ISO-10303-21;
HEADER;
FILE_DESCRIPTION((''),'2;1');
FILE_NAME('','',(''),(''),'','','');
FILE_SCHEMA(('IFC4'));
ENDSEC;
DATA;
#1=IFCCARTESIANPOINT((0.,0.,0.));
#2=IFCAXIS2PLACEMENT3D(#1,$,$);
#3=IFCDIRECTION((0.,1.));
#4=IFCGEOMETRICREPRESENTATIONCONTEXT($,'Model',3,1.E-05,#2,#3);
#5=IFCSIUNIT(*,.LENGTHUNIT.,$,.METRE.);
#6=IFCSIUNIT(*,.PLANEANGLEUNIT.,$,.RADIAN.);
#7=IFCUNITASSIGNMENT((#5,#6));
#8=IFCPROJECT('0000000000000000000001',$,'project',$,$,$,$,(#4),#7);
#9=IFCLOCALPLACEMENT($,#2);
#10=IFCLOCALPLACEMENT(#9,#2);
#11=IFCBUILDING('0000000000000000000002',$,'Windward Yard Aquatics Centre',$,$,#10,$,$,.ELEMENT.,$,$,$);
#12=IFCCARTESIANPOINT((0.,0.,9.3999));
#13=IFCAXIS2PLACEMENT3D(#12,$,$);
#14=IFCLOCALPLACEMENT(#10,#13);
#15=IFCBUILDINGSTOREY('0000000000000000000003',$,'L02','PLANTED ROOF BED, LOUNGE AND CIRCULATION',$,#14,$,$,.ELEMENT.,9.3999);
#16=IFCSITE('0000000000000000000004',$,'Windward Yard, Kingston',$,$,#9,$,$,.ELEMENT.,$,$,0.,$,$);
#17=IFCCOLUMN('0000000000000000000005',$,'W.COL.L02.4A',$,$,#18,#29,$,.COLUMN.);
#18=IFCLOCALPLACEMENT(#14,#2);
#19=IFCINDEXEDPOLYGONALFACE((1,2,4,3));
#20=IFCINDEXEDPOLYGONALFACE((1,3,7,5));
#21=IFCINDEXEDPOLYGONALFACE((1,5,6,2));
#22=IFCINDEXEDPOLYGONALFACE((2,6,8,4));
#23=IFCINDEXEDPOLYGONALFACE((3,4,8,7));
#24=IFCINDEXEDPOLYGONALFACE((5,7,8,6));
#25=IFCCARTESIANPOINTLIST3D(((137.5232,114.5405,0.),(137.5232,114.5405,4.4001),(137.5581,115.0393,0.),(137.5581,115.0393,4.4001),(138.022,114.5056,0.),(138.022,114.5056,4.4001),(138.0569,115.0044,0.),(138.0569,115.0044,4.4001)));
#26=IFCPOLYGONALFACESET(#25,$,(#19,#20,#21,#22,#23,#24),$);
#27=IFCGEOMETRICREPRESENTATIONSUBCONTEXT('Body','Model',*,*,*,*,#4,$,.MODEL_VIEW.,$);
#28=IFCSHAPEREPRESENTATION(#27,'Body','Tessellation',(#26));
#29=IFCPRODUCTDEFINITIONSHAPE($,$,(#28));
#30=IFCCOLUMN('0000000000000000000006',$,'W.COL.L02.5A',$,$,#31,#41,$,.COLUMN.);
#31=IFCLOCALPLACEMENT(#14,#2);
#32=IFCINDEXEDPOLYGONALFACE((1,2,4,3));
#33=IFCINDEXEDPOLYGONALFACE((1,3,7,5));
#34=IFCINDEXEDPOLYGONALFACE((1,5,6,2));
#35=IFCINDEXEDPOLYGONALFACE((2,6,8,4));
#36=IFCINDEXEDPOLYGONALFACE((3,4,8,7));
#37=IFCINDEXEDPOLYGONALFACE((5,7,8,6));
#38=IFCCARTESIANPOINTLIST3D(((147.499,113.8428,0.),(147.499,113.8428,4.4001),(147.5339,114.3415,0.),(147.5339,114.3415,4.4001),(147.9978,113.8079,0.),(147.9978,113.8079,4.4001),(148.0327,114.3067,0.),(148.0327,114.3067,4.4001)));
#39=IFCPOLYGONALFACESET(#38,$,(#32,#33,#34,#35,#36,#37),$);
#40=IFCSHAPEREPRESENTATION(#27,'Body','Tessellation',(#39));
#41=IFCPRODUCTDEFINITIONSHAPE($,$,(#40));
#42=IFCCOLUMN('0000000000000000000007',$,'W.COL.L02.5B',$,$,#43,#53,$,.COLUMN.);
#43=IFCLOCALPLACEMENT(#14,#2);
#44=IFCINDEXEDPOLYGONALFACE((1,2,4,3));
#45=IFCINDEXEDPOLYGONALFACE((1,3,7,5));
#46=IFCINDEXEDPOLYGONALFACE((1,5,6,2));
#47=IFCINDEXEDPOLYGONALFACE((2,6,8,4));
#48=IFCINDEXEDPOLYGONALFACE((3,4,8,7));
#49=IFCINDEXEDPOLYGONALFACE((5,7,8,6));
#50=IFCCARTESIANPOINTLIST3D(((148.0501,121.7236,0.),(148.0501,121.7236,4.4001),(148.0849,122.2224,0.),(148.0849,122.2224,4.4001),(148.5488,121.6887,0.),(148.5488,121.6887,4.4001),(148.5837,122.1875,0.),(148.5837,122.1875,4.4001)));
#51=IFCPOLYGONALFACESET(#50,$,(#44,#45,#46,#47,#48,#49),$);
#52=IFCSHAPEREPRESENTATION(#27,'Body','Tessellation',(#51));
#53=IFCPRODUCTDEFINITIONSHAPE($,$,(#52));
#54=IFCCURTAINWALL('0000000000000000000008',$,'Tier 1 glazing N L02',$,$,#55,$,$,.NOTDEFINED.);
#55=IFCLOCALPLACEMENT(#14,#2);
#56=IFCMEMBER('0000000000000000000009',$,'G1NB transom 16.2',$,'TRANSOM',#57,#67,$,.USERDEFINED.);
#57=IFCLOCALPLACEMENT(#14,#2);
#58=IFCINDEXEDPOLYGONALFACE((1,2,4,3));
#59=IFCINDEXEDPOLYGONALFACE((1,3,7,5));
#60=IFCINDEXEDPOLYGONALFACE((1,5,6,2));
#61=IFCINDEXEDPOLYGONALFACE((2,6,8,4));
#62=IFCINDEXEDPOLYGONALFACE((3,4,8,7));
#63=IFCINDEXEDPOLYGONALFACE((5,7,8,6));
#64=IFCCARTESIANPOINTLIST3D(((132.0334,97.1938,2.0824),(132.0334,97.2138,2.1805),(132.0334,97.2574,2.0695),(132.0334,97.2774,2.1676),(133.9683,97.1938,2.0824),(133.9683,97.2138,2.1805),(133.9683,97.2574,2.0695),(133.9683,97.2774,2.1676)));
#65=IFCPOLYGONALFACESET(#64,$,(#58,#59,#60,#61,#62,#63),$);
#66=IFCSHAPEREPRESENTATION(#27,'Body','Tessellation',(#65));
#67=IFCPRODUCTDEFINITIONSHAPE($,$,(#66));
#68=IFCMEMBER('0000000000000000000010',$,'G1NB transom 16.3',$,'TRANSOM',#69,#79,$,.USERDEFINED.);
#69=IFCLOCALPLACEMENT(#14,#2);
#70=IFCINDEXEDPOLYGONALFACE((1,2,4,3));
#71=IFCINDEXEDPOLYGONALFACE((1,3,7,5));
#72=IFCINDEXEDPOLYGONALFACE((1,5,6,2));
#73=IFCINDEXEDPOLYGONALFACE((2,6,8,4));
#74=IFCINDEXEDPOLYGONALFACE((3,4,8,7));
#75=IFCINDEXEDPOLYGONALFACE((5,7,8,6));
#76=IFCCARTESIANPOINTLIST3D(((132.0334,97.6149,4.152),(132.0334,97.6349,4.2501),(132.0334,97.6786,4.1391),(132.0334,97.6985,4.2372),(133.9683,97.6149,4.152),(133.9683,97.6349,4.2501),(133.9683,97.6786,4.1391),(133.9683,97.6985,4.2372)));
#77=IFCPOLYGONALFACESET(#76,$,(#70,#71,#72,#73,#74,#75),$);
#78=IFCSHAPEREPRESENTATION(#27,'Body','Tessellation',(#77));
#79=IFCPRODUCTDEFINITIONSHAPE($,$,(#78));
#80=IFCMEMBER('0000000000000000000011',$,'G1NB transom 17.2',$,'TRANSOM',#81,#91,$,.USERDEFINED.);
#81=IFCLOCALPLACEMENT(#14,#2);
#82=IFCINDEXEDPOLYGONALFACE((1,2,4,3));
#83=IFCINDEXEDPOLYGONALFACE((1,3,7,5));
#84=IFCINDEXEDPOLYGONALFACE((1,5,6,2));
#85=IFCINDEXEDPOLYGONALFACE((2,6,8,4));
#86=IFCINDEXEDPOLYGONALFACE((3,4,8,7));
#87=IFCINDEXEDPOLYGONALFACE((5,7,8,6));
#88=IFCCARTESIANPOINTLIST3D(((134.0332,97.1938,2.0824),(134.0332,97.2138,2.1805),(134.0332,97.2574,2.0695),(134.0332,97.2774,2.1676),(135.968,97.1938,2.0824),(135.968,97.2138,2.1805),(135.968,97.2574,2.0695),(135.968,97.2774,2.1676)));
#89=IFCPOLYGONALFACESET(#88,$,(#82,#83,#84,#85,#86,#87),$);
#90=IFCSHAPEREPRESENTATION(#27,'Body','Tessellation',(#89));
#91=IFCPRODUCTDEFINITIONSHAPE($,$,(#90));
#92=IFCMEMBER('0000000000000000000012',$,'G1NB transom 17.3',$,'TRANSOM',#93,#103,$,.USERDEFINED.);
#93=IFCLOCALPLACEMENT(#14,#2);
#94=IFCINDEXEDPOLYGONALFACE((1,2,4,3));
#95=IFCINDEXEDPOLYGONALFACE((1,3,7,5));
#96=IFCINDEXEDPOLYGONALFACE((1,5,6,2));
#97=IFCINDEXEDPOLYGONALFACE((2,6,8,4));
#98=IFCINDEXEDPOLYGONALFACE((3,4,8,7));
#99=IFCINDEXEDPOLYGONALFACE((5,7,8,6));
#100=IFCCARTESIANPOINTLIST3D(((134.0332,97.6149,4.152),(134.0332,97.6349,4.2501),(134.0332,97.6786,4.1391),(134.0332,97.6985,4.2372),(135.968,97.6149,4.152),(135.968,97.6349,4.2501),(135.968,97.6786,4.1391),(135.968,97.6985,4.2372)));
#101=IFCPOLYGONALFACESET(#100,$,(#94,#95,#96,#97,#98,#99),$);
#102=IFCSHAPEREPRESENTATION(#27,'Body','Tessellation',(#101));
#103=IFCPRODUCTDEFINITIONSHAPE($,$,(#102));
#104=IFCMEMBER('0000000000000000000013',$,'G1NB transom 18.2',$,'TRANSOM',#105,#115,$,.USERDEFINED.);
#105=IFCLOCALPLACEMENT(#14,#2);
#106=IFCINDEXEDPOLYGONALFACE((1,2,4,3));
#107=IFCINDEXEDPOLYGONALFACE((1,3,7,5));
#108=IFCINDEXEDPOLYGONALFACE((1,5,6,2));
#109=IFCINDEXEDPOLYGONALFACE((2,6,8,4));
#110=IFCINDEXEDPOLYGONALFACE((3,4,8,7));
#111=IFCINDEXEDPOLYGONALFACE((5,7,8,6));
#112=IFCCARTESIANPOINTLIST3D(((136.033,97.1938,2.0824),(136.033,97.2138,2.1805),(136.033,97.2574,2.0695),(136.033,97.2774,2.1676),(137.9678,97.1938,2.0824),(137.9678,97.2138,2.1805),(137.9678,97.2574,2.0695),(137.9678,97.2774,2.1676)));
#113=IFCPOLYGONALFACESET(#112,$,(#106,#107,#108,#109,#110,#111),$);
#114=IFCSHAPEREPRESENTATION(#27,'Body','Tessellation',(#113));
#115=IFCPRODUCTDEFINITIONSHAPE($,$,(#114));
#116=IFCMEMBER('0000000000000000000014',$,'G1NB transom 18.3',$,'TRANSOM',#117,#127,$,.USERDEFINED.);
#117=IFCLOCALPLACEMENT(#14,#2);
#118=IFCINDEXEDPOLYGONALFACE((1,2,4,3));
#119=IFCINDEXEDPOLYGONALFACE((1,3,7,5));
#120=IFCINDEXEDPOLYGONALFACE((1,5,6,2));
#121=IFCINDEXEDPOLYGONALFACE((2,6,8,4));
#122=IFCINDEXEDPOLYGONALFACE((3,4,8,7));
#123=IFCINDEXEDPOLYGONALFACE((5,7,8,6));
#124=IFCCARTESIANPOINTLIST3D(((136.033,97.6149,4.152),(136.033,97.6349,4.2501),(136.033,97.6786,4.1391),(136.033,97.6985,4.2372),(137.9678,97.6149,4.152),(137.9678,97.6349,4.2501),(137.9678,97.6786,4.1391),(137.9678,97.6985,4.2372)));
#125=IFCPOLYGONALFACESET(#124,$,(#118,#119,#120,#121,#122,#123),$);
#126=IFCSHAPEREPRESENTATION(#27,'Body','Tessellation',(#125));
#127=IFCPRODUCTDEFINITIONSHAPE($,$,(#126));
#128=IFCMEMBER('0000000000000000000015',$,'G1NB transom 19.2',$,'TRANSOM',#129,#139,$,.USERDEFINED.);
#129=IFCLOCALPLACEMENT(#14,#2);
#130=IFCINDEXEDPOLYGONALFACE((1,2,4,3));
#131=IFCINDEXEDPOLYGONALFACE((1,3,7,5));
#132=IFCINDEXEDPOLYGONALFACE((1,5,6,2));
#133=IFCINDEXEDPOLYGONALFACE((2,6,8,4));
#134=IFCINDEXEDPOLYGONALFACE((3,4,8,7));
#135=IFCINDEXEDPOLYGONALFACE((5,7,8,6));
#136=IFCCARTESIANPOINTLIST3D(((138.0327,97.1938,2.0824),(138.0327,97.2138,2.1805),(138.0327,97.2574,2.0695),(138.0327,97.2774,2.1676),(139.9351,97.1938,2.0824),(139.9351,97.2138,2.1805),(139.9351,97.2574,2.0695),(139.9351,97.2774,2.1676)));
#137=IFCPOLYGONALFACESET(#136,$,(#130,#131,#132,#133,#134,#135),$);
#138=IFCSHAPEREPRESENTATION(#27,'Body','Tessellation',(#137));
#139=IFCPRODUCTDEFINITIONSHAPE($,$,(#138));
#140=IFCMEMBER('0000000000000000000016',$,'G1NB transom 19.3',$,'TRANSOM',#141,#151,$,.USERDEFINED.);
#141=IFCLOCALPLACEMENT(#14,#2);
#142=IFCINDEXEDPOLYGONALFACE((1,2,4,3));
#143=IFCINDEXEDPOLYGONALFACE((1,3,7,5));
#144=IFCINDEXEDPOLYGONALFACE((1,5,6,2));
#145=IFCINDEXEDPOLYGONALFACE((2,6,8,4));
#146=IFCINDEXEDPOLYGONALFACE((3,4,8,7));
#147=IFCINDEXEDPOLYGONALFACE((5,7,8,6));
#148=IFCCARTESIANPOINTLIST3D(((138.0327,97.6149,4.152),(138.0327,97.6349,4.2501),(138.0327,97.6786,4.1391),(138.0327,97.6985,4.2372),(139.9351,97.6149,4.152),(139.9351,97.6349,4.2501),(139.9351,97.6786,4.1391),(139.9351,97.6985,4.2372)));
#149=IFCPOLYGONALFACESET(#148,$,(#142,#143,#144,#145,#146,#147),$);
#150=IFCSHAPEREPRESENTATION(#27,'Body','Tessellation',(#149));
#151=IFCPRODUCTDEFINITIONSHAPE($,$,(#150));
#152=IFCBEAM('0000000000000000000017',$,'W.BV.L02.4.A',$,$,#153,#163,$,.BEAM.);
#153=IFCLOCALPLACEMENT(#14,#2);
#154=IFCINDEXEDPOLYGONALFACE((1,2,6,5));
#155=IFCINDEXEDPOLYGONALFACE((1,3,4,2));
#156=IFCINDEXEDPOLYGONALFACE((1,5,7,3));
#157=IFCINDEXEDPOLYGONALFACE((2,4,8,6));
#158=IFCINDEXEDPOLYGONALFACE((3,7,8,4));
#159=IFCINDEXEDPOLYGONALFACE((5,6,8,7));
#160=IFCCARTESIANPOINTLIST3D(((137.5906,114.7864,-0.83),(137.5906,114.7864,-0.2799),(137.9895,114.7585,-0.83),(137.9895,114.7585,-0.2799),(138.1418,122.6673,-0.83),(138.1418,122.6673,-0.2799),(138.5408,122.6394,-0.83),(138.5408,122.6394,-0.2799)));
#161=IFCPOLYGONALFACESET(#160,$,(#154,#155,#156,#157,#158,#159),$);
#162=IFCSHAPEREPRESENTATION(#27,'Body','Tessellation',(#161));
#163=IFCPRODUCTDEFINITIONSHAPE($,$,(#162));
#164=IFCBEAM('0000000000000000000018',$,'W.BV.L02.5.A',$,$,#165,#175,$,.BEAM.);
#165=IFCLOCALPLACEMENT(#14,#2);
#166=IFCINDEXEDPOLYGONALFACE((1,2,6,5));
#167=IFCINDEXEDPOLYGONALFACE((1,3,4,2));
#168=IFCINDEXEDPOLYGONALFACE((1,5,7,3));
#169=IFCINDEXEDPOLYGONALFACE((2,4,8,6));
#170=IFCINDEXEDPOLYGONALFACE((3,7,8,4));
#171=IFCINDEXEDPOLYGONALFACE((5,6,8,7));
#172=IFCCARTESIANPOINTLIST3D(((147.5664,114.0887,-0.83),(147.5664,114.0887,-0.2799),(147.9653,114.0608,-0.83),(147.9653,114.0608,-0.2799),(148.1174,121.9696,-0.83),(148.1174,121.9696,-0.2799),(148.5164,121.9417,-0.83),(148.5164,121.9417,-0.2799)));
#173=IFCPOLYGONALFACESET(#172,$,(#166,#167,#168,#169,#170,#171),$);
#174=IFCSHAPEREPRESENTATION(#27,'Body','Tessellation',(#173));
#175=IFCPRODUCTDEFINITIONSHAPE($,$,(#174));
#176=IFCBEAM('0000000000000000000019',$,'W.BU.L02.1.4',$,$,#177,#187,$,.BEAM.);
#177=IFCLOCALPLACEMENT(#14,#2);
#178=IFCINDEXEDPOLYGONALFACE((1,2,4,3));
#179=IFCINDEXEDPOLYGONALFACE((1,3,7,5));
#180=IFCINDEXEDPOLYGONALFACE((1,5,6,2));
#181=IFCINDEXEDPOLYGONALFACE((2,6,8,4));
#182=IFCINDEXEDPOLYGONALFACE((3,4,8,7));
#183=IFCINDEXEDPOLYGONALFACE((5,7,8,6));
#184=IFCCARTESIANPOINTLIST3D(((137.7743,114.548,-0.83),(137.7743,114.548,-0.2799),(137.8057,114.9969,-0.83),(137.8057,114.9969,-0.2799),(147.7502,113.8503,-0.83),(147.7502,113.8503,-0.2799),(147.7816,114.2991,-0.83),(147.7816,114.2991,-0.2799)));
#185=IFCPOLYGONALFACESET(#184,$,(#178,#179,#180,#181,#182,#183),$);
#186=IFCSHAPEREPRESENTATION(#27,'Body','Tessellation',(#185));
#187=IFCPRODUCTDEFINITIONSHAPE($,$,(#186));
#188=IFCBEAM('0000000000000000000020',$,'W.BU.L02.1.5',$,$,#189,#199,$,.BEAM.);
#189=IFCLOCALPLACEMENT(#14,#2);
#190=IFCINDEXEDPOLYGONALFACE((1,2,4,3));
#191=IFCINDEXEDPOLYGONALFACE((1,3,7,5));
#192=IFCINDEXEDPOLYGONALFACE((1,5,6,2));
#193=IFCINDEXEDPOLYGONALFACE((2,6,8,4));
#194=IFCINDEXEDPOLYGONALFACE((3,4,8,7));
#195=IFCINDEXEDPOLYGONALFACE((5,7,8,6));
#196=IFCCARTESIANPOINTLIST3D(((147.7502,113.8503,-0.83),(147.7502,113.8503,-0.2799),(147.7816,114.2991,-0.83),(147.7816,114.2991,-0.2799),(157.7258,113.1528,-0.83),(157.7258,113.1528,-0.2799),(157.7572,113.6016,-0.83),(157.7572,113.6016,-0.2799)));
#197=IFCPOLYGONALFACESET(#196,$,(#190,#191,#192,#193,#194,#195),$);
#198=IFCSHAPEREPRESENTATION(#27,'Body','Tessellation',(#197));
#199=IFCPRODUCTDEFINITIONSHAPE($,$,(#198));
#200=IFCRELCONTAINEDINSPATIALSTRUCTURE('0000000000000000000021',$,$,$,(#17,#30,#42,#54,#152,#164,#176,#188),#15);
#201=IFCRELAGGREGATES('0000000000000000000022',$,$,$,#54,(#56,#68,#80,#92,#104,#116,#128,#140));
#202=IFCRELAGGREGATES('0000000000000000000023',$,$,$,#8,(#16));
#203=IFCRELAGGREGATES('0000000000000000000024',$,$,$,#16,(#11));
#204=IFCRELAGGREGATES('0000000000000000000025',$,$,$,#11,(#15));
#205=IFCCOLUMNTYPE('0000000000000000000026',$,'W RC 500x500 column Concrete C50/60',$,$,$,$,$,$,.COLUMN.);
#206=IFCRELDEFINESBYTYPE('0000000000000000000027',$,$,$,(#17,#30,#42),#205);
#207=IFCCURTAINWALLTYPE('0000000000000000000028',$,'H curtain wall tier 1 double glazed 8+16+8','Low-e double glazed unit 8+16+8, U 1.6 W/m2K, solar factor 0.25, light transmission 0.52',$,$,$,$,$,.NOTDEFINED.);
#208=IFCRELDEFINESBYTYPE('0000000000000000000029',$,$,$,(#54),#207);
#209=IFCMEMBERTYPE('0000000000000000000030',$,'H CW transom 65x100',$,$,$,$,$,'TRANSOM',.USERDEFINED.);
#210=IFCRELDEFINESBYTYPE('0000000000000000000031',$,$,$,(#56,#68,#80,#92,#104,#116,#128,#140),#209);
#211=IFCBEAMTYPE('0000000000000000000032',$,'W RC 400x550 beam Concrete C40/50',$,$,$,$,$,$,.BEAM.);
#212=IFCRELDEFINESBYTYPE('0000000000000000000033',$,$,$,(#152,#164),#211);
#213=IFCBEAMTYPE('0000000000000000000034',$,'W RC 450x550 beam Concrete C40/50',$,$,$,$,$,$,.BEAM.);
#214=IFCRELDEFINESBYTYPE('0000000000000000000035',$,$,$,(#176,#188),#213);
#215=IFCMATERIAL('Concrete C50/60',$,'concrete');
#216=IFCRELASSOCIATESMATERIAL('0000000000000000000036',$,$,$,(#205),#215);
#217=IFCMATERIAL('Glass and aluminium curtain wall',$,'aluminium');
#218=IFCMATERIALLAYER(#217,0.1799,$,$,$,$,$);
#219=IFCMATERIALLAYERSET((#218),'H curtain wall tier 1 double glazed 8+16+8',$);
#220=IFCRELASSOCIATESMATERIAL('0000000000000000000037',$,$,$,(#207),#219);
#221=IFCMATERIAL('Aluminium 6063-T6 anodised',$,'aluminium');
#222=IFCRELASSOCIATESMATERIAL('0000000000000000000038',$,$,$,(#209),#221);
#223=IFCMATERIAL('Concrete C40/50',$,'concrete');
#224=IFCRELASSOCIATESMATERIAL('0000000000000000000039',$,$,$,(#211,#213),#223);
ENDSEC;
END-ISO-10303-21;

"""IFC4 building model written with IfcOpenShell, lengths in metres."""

from ifc_helpers import new_model, si_unit, direction, frame, origin, origin_2d, place, context, subcontext, project, spatial, rectangle, extrude, material, layer, layer_set, material_profile, profile_set, type_object, element, aggregate, save


model = new_model("IFC4")

# Units and contexts
model_context = context("Model", 3, precision=1e-05, world=origin(), true_north=direction((0.0, 1.0)))
body_context = subcontext(model_context, "Body", "Model", "MODEL_VIEW")
ifc_project = project(units=[si_unit("LENGTHUNIT", "METRE"), si_unit("PLANEANGLEUNIT", "RADIAN")], contexts=[model_context])

# Site, building, storey
site_placement = place(None, origin())
site = spatial("IfcSite", under=ifc_project, at=site_placement, Name="Windward Yard, Kingston", CompositionType="ELEMENT", RefElevation=0.0)
building_placement = place(site_placement, origin())
building = spatial("IfcBuilding", under=site, at=building_placement, Name="Windward Yard Aquatics Centre", CompositionType="ELEMENT")
storey_placement = place(building_placement, frame((0.0, 0.0, 9.3999)))
storey = spatial("IfcBuildingStorey", under=building, at=storey_placement, Name="L02", Description="PLANTED ROOF BED, LOUNGE AND CIRCULATION", CompositionType="ELEMENT", Elevation=9.3999)

# Columns
ifc_material_1 = material(Name="Concrete C50/60", Category="concrete")
ifc_material_profile_1 = material_profile(ifc_material_1, rectangle(XDim=0.5, YDim=0.5, at=origin_2d()), Name="RC 500x500")
ifc_profile_set_1 = profile_set([ifc_material_profile_1], Name="Concrete C50/60")
column_type = type_object("IfcColumnType", Name="W RC 500x500 column Concrete C50/60", PredefinedType="COLUMN", material=ifc_profile_set_1)
for number, where, z_axis, x_axis, name in (
    (1, (137.79, 114.7725, 0.0), (0.0, 0.0, 1.0), (0.997564, -0.069756, 0.0), "W.COL.L02.4A"),
    (2, (147.7659, 114.0747, 0.0), (0.0, 0.0, 1.0), (0.997564, -0.069756, 0.0), "W.COL.L02.5A"),
    (3, (148.3169, 121.9556, 0.0), (0.0, 0.0, 1.0), (0.997564, -0.069756, 0.0), "W.COL.L02.5B"),
):
    element("IfcColumn", number, at=place(storey_placement, frame(where, z_axis=z_axis, x_axis=x_axis)), inside=storey, type_object=column_type, Name=name, PredefinedType="COLUMN", context=body_context, shape_type="SweptSolid", body=[
        extrude(rectangle(XDim=0.5, YDim=0.5, at=origin_2d()), origin(), (0.0, 0.0, 1.0), 4.4001),
    ])

# Curtain wall, members
ifc_material_2 = material(Name="Glass and aluminium curtain wall", Category="aluminium")
ifc_layer_1 = layer(ifc_material_2, 0.1799)
ifc_layer_set_1 = layer_set([ifc_layer_1], Name="H curtain wall tier 1 double glazed 8+16+8")
curtain_wall_type = type_object("IfcCurtainWallType", Name="H curtain wall tier 1 double glazed 8+16+8", Description="Low-e double glazed unit 8+16+8, U 1.6 W/m2K, solar factor 0.25, light transmission 0.52", PredefinedType="NOTDEFINED", material=ifc_layer_set_1)
curtain_wall_placement = place(storey_placement, origin())
curtain_wall = element("IfcCurtainWall", 4, at=curtain_wall_placement, inside=storey, type_object=curtain_wall_type, Name="Tier 1 glazing N L02", PredefinedType="NOTDEFINED")
ifc_material_3 = material(Name="Aluminium 6063-T6 anodised", Category="aluminium")
ifc_material_profile_2 = material_profile(ifc_material_3, rectangle(XDim=0.0649, YDim=0.1001, at=origin_2d()), Name="H CW transom 65x100")
ifc_profile_set_2 = profile_set([ifc_material_profile_2], Name="Aluminium 6063-T6 anodised")
member_type = type_object("IfcMemberType", Name="H CW transom 65x100", ElementType="TRANSOM", PredefinedType="USERDEFINED", material=ifc_profile_set_2)
member_1_placement = place(storey_placement, frame((132.0334, 97.2356, 2.125), z_axis=(1.0, 0.0, 0.0), x_axis=(0.0, -0.979925, 0.199368)))
member_1 = element("IfcMember", 5, at=member_1_placement, type_object=member_type, Name="G1NB transom 16.2", ObjectType="TRANSOM", PredefinedType="USERDEFINED", context=body_context, shape_type="SweptSolid", body=[
    extrude(rectangle(XDim=0.0649, YDim=0.1001, at=origin_2d()), origin(), (0.0, 0.0, 1.0), 1.9348),
])
member_2_placement = place(storey_placement, frame((132.0334, 97.6567, 4.1946), z_axis=(1.0, 0.0, 0.0), x_axis=(0.0, -0.979925, 0.199368)))
member_2 = element("IfcMember", 6, at=member_2_placement, type_object=member_type, Name="G1NB transom 16.3", ObjectType="TRANSOM", PredefinedType="USERDEFINED", context=body_context, shape_type="SweptSolid", body=[
    extrude(rectangle(XDim=0.0649, YDim=0.1001, at=origin_2d()), origin(), (0.0, 0.0, 1.0), 1.9348),
])
member_3_placement = place(storey_placement, frame((134.0332, 97.2356, 2.125), z_axis=(1.0, 0.0, 0.0), x_axis=(0.0, -0.979925, 0.199368)))
member_3 = element("IfcMember", 7, at=member_3_placement, type_object=member_type, Name="G1NB transom 17.2", ObjectType="TRANSOM", PredefinedType="USERDEFINED", context=body_context, shape_type="SweptSolid", body=[
    extrude(rectangle(XDim=0.0649, YDim=0.1001, at=origin_2d()), origin(), (0.0, 0.0, 1.0), 1.9348),
])
member_4_placement = place(storey_placement, frame((134.0332, 97.6567, 4.1946), z_axis=(1.0, 0.0, 0.0), x_axis=(0.0, -0.979925, 0.199368)))
member_4 = element("IfcMember", 8, at=member_4_placement, type_object=member_type, Name="G1NB transom 17.3", ObjectType="TRANSOM", PredefinedType="USERDEFINED", context=body_context, shape_type="SweptSolid", body=[
    extrude(rectangle(XDim=0.0649, YDim=0.1001, at=origin_2d()), origin(), (0.0, 0.0, 1.0), 1.9348),
])
member_5_placement = place(storey_placement, frame((136.033, 97.2356, 2.125), z_axis=(1.0, 0.0, 0.0), x_axis=(0.0, -0.979925, 0.199368)))
member_5 = element("IfcMember", 9, at=member_5_placement, type_object=member_type, Name="G1NB transom 18.2", ObjectType="TRANSOM", PredefinedType="USERDEFINED", context=body_context, shape_type="SweptSolid", body=[
    extrude(rectangle(XDim=0.0649, YDim=0.1001, at=origin_2d()), origin(), (0.0, 0.0, 1.0), 1.9348),
])
member_6_placement = place(storey_placement, frame((136.033, 97.6567, 4.1946), z_axis=(1.0, 0.0, 0.0), x_axis=(0.0, -0.979925, 0.199368)))
member_6 = element("IfcMember", 10, at=member_6_placement, type_object=member_type, Name="G1NB transom 18.3", ObjectType="TRANSOM", PredefinedType="USERDEFINED", context=body_context, shape_type="SweptSolid", body=[
    extrude(rectangle(XDim=0.0649, YDim=0.1001, at=origin_2d()), origin(), (0.0, 0.0, 1.0), 1.9348),
])
member_7_placement = place(storey_placement, frame((138.0327, 97.2356, 2.125), z_axis=(1.0, 0.0, 0.0), x_axis=(0.0, -0.979925, 0.199368)))
member_7 = element("IfcMember", 11, at=member_7_placement, type_object=member_type, Name="G1NB transom 19.2", ObjectType="TRANSOM", PredefinedType="USERDEFINED", context=body_context, shape_type="SweptSolid", body=[
    extrude(rectangle(XDim=0.0649, YDim=0.1001, at=origin_2d()), origin(), (0.0, 0.0, 1.0), 1.9023),
])
member_8_placement = place(storey_placement, frame((138.0327, 97.6567, 4.1946), z_axis=(1.0, 0.0, 0.0), x_axis=(0.0, -0.979925, 0.199368)))
member_8 = element("IfcMember", 12, at=member_8_placement, type_object=member_type, Name="G1NB transom 19.3", ObjectType="TRANSOM", PredefinedType="USERDEFINED", context=body_context, shape_type="SweptSolid", body=[
    extrude(rectangle(XDim=0.0649, YDim=0.1001, at=origin_2d()), origin(), (0.0, 0.0, 1.0), 1.9023),
])
aggregate(curtain_wall, [member_1, member_2, member_3, member_4, member_5, member_6, member_7, member_8])

# Beams
ifc_material_4 = material(Name="Concrete C40/50", Category="concrete")
ifc_material_profile_3 = material_profile(ifc_material_4, rectangle(XDim=0.3999, YDim=0.55, at=origin_2d()), Name="RC 400x550")
ifc_profile_set_3 = profile_set([ifc_material_profile_3], Name="Concrete C40/50")
beam_type_1 = type_object("IfcBeamType", Name="W RC 400x550 beam Concrete C40/50", PredefinedType="BEAM", material=ifc_profile_set_3)
for number, where, z_axis, x_axis, name in (
    (13, (137.79, 114.7725, -0.5549), (0.06978, 0.997562, 0.0), (-0.997562, 0.06978, 0.0), "W.BV.L02.4.A"),
    (14, (147.7659, 114.0747, -0.5549), (0.069749, 0.997565, 0.0), (-0.997565, 0.069749, 0.0), "W.BV.L02.5.A"),
):
    element("IfcBeam", number, at=place(storey_placement, frame(where, z_axis=z_axis, x_axis=x_axis)), inside=storey, type_object=beam_type_1, Name=name, PredefinedType="BEAM", context=body_context, shape_type="SweptSolid", body=[
        extrude(rectangle(XDim=0.3999, YDim=0.55, at=origin_2d()), origin(), (0.0, 0.0, 1.0), 7.9001),
    ])
ifc_material_profile_4 = material_profile(ifc_material_4, rectangle(XDim=0.45, YDim=0.55, at=origin_2d()), Name="RC 450x550")
ifc_profile_set_4 = profile_set([ifc_material_profile_4], Name="Concrete C40/50")
beam_type_2 = type_object("IfcBeamType", Name="W RC 450x550 beam Concrete C40/50", PredefinedType="BEAM", material=ifc_profile_set_4)
beam_1_placement = place(storey_placement, frame((137.79, 114.7725, -0.5549), z_axis=(0.997563, -0.069774, 0.0), x_axis=(0.069774, 0.997563, 0.0)))
element("IfcBeam", 15, at=beam_1_placement, inside=storey, type_object=beam_type_2, Name="W.BU.L02.1.4", PredefinedType="BEAM", context=body_context, shape_type="SweptSolid", body=[
    extrude(rectangle(XDim=0.45, YDim=0.55, at=origin_2d()), origin(), (0.0, 0.0, 1.0), 10.0002),
])
beam_2_placement = place(storey_placement, frame((147.7659, 114.0747, -0.5549), z_axis=(0.997564, -0.069751, 0.0), x_axis=(0.069751, 0.997564, 0.0)))
element("IfcBeam", 16, at=beam_2_placement, inside=storey, type_object=beam_type_2, Name="W.BU.L02.1.5", PredefinedType="BEAM", context=body_context, shape_type="SweptSolid", body=[
    extrude(rectangle(XDim=0.45, YDim=0.55, at=origin_2d()), origin(), (0.0, 0.0, 1.0), 10.0),
])

save(model, "model.ifc")
